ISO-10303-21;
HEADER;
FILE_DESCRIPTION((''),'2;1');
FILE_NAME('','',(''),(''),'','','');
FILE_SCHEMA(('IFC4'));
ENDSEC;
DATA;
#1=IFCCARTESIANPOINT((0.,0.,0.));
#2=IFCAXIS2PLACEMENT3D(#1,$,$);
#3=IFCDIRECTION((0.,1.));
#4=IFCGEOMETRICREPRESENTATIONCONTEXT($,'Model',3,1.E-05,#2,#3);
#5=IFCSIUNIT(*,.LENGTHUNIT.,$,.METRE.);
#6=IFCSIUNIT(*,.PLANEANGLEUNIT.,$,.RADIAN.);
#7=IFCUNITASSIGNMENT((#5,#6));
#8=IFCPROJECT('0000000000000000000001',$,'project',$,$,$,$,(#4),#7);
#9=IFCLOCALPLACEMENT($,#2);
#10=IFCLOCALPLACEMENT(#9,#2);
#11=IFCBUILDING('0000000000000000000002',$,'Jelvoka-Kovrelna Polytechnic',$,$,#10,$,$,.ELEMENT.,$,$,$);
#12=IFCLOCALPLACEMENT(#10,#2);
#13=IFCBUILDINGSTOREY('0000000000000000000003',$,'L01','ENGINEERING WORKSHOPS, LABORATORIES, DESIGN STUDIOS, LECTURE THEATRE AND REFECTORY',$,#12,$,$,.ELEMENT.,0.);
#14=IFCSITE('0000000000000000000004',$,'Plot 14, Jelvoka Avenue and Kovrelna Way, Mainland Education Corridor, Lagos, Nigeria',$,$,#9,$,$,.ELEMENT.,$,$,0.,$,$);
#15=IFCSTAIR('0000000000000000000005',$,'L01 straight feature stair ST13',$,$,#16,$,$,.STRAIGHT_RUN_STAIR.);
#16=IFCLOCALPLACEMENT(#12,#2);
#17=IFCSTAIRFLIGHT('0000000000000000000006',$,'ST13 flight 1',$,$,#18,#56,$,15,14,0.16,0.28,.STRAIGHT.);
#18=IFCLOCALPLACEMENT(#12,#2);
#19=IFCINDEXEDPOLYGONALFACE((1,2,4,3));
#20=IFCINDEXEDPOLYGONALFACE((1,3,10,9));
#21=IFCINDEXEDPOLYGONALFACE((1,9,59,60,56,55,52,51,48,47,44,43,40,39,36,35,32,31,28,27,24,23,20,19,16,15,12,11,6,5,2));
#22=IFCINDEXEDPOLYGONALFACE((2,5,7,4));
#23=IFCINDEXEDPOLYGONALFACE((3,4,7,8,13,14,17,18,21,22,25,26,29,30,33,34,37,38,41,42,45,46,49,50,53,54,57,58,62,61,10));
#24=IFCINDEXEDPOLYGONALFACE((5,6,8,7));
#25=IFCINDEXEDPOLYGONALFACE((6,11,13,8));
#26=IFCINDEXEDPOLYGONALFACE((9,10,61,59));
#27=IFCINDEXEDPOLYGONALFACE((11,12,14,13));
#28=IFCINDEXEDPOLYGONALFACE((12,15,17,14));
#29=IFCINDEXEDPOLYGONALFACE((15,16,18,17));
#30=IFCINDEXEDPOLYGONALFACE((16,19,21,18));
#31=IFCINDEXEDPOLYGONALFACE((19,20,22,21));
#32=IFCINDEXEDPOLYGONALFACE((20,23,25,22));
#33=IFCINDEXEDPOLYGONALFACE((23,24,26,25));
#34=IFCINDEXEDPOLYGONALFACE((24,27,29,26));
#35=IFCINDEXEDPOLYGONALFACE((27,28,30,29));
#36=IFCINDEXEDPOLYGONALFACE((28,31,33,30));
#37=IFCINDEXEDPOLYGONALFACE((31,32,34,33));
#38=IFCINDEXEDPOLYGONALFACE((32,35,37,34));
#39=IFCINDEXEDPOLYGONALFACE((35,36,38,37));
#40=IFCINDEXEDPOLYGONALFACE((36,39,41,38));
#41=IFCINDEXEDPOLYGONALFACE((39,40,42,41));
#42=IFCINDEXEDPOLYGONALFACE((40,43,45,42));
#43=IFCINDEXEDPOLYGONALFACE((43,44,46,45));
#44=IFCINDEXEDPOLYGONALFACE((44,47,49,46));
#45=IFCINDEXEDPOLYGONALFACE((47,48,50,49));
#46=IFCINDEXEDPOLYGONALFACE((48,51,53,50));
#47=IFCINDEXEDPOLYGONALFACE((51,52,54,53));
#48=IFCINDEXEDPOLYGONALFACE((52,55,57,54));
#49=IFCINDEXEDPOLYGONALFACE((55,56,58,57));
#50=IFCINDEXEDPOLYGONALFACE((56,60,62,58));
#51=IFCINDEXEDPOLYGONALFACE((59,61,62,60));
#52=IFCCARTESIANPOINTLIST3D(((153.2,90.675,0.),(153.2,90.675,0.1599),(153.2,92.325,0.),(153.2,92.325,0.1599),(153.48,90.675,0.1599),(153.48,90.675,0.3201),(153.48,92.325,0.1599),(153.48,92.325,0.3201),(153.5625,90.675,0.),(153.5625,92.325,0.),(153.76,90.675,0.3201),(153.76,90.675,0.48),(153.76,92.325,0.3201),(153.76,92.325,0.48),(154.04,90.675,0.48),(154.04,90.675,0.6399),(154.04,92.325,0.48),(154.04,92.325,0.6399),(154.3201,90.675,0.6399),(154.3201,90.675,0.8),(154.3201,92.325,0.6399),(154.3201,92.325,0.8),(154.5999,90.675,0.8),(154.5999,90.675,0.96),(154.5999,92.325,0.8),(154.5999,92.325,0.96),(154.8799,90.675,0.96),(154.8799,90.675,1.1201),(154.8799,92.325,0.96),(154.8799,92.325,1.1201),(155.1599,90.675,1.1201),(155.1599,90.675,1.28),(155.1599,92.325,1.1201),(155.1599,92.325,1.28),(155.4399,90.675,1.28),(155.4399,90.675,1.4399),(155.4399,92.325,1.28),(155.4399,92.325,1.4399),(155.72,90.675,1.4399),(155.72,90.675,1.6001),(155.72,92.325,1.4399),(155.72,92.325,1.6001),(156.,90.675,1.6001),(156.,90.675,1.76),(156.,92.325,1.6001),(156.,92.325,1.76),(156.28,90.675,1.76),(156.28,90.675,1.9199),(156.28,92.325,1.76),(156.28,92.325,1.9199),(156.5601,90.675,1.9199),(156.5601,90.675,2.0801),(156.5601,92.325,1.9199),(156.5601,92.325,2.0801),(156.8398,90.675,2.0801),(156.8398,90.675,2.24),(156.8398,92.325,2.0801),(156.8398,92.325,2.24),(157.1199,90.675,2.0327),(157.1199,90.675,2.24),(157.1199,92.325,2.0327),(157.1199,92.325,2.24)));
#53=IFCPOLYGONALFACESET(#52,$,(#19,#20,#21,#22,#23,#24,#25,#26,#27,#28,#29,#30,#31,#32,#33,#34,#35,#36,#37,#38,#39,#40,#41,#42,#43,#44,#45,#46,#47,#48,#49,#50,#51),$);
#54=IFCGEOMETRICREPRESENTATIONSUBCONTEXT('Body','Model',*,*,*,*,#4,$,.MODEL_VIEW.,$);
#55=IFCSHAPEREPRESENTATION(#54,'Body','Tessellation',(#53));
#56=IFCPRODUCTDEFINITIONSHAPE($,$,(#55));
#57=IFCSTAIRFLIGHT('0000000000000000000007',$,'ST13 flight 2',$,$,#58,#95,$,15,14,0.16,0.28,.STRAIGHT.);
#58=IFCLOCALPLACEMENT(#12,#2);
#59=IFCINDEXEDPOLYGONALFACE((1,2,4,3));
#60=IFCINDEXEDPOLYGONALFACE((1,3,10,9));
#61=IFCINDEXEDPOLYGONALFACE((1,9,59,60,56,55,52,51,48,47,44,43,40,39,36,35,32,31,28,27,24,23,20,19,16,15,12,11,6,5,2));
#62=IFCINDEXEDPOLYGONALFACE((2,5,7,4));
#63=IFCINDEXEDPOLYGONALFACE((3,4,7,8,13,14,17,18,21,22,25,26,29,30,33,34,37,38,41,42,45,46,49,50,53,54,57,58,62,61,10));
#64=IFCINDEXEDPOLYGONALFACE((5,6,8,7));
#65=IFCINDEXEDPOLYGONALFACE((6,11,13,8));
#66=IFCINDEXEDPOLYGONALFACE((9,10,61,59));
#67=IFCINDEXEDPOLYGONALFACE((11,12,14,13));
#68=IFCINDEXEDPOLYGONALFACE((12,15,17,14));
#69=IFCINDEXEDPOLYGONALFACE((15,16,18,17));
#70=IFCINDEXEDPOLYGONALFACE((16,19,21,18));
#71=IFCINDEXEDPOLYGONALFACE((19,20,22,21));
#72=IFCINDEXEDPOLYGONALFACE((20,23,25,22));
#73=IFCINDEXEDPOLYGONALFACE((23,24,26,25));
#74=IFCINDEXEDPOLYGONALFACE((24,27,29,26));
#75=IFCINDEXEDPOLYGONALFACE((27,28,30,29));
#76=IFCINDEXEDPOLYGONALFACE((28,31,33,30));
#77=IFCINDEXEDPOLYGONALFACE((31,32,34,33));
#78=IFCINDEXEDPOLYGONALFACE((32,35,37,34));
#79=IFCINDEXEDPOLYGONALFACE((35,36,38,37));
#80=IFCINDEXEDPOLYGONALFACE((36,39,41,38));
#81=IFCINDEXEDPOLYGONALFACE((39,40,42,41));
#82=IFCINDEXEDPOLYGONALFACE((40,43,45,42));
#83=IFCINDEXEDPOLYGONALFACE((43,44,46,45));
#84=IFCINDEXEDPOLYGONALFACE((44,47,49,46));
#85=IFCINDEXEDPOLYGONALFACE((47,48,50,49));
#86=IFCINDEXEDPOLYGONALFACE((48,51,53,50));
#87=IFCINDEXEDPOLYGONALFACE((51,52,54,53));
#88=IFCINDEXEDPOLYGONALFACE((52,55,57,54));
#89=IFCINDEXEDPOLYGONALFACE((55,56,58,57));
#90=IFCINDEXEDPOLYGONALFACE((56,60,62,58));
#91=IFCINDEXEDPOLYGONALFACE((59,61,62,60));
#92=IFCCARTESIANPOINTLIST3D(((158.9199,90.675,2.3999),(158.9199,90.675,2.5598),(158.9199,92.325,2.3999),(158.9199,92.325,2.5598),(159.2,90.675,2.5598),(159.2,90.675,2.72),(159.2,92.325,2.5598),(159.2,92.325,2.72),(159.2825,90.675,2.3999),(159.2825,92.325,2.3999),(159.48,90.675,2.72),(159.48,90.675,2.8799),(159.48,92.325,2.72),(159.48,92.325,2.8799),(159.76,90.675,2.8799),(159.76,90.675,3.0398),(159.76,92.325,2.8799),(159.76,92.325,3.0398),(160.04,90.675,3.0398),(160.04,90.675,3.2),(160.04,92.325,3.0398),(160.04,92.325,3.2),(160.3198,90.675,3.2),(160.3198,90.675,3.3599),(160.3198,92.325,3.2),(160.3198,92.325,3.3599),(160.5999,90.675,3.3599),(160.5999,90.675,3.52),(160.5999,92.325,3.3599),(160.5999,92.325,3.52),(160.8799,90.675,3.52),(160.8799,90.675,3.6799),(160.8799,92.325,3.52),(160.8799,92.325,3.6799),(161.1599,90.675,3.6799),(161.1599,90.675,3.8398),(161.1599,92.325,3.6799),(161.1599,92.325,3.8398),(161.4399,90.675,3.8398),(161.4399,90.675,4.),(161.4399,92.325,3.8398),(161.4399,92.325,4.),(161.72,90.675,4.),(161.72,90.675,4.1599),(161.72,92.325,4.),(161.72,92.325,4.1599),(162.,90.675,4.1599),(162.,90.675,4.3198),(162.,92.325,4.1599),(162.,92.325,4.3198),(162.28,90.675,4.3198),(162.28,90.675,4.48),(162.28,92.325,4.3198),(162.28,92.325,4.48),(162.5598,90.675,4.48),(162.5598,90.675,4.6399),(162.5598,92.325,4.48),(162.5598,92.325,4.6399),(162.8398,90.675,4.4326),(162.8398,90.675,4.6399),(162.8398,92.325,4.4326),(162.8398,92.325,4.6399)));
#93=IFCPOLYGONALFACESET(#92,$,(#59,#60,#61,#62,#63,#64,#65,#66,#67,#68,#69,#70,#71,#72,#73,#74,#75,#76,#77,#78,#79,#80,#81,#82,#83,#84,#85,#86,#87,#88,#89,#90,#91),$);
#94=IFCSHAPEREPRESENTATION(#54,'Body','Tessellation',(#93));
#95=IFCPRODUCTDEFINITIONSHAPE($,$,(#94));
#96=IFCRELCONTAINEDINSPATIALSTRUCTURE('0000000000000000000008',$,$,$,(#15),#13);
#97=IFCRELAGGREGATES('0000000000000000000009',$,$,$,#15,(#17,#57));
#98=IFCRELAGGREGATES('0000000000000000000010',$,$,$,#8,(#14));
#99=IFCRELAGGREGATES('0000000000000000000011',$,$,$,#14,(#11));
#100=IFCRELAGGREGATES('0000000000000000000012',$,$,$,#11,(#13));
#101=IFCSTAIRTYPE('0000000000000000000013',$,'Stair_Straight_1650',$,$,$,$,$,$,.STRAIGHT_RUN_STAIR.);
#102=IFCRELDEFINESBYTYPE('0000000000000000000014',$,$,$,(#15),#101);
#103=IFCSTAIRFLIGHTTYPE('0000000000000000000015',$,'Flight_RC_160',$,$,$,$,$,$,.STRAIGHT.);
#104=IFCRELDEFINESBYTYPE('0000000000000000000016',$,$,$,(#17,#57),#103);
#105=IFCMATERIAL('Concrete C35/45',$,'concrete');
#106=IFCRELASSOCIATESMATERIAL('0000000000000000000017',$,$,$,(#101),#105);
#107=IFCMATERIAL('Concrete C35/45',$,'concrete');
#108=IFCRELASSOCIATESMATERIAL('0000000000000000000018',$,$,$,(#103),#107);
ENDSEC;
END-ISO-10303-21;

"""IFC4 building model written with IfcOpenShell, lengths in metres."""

from ifc_helpers import new_model, si_unit, direction, frame, origin, place, context, subcontext, project, spatial, polyline, outline, extrude, material, type_object, element, aggregate, save


model = new_model("IFC4")

# Units and contexts
model_context = context("Model", 3, precision=1e-05, world=origin(), true_north=direction((0.0, 1.0)))
body_context = subcontext(model_context, "Body", "Model", "MODEL_VIEW")
ifc_project = project(units=[si_unit("LENGTHUNIT", "METRE"), si_unit("PLANEANGLEUNIT", "RADIAN")], contexts=[model_context])

# Site, building, storey
site_placement = place(None, origin())
site = spatial("IfcSite", under=ifc_project, at=site_placement, Name="Plot 14, Jelvoka Avenue and Kovrelna Way, Mainland Education Corridor, Lagos, Nigeria", CompositionType="ELEMENT", RefElevation=0.0)
building_placement = place(site_placement, origin())
building = spatial("IfcBuilding", under=site, at=building_placement, Name="Jelvoka-Kovrelna Polytechnic", CompositionType="ELEMENT")
storey_placement = place(building_placement, origin())
storey = spatial("IfcBuildingStorey", under=building, at=storey_placement, Name="L01", Description="ENGINEERING WORKSHOPS, LABORATORIES, DESIGN STUDIOS, LECTURE THEATRE AND REFECTORY", CompositionType="ELEMENT", Elevation=0.0)

# Stair, stair flights
ifc_material_1 = material(Name="Concrete C35/45", Category="concrete")
stair_type = type_object("IfcStairType", Name="Stair_Straight_1650", PredefinedType="STRAIGHT_RUN_STAIR", material=ifc_material_1)
stair_placement = place(storey_placement, origin())
stair = element("IfcStair", 1, at=stair_placement, inside=storey, type_object=stair_type, Name="L01 straight feature stair ST13", PredefinedType="STRAIGHT_RUN_STAIR")
ifc_material_2 = material(Name="Concrete C35/45", Category="concrete")
stair_flight_type = type_object("IfcStairFlightType", Name="Flight_RC_160", PredefinedType="STRAIGHT", material=ifc_material_2)
stair_flight_1_placement = place(storey_placement, frame((153.2, 91.5, 0.0), z_axis=(0.0, 0.0, 1.0), x_axis=(1.0, 0.0, 0.0)))
stair_flight_1 = element("IfcStairFlight", 2, at=stair_flight_1_placement, type_object=stair_flight_type, Name="ST13 flight 1", NumberOfRisers=15, NumberOfTreads=14, PredefinedType="STRAIGHT", RiserHeight=0.16, TreadLength=0.28, context=body_context, shape_type="SweptSolid", body=[
    extrude(outline(polyline([(0.0, 0.0), (0.0, 0.1599), (0.28, 0.1599), (0.28, 0.3201), (0.5601, 0.3201), (0.5601, 0.48), (0.8401, 0.48), (0.8401, 0.6399), (1.1201, 0.6399), (1.1201, 0.8), (1.3999, 0.8), (1.3999, 0.96), (1.6799, 0.96), (1.6799, 1.1201), (1.96, 1.1201), (1.96, 1.28), (2.24, 1.28), (2.24, 1.4399), (2.52, 1.4399), (2.52, 1.6001), (2.8, 1.6001), (2.8, 1.76), (3.0801, 1.76), (3.0801, 1.9199), (3.3601, 1.9199), (3.3601, 2.0801), (3.6399, 2.0801), (3.6399, 2.24), (3.9199, 2.24), (3.9199, 2.3999), (3.9199, 2.0327), (0.3625, 0.0), (0.0, 0.0)])), frame((0.0, 0.825, 0.0), z_axis=(0.0, -1.0, 0.0), x_axis=(1.0, 0.0, 0.0)), (0.0, 0.0, 1.0), 1.6499),
])
stair_flight_2_placement = place(storey_placement, frame((158.9199, 91.5, 2.3999), z_axis=(0.0, 0.0, 1.0), x_axis=(1.0, 0.0, 0.0)))
stair_flight_2 = element("IfcStairFlight", 3, at=stair_flight_2_placement, type_object=stair_flight_type, Name="ST13 flight 2", NumberOfRisers=15, NumberOfTreads=14, PredefinedType="STRAIGHT", RiserHeight=0.16, TreadLength=0.28, context=body_context, shape_type="SweptSolid", body=[
    extrude(outline(polyline([(0.0, 0.0), (0.0, 0.1599), (0.28, 0.1599), (0.28, 0.3201), (0.5601, 0.3201), (0.5601, 0.48), (0.8401, 0.48), (0.8401, 0.6399), (1.1201, 0.6399), (1.1201, 0.8), (1.3999, 0.8), (1.3999, 0.96), (1.6799, 0.96), (1.6799, 1.1201), (1.96, 1.1201), (1.96, 1.28), (2.24, 1.28), (2.24, 1.4399), (2.52, 1.4399), (2.52, 1.6001), (2.8, 1.6001), (2.8, 1.76), (3.0801, 1.76), (3.0801, 1.9199), (3.3601, 1.9199), (3.3601, 2.0801), (3.6399, 2.0801), (3.6399, 2.24), (3.9199, 2.24), (3.9199, 2.3999), (3.9199, 2.0327), (0.3625, 0.0), (0.0, 0.0)])), frame((0.0, 0.825, 0.0), z_axis=(0.0, -1.0, 0.0), x_axis=(1.0, 0.0, 0.0)), (0.0, 0.0, 1.0), 1.6499),
])
aggregate(stair, [stair_flight_1, stair_flight_2])

save(model, "model.ifc")
